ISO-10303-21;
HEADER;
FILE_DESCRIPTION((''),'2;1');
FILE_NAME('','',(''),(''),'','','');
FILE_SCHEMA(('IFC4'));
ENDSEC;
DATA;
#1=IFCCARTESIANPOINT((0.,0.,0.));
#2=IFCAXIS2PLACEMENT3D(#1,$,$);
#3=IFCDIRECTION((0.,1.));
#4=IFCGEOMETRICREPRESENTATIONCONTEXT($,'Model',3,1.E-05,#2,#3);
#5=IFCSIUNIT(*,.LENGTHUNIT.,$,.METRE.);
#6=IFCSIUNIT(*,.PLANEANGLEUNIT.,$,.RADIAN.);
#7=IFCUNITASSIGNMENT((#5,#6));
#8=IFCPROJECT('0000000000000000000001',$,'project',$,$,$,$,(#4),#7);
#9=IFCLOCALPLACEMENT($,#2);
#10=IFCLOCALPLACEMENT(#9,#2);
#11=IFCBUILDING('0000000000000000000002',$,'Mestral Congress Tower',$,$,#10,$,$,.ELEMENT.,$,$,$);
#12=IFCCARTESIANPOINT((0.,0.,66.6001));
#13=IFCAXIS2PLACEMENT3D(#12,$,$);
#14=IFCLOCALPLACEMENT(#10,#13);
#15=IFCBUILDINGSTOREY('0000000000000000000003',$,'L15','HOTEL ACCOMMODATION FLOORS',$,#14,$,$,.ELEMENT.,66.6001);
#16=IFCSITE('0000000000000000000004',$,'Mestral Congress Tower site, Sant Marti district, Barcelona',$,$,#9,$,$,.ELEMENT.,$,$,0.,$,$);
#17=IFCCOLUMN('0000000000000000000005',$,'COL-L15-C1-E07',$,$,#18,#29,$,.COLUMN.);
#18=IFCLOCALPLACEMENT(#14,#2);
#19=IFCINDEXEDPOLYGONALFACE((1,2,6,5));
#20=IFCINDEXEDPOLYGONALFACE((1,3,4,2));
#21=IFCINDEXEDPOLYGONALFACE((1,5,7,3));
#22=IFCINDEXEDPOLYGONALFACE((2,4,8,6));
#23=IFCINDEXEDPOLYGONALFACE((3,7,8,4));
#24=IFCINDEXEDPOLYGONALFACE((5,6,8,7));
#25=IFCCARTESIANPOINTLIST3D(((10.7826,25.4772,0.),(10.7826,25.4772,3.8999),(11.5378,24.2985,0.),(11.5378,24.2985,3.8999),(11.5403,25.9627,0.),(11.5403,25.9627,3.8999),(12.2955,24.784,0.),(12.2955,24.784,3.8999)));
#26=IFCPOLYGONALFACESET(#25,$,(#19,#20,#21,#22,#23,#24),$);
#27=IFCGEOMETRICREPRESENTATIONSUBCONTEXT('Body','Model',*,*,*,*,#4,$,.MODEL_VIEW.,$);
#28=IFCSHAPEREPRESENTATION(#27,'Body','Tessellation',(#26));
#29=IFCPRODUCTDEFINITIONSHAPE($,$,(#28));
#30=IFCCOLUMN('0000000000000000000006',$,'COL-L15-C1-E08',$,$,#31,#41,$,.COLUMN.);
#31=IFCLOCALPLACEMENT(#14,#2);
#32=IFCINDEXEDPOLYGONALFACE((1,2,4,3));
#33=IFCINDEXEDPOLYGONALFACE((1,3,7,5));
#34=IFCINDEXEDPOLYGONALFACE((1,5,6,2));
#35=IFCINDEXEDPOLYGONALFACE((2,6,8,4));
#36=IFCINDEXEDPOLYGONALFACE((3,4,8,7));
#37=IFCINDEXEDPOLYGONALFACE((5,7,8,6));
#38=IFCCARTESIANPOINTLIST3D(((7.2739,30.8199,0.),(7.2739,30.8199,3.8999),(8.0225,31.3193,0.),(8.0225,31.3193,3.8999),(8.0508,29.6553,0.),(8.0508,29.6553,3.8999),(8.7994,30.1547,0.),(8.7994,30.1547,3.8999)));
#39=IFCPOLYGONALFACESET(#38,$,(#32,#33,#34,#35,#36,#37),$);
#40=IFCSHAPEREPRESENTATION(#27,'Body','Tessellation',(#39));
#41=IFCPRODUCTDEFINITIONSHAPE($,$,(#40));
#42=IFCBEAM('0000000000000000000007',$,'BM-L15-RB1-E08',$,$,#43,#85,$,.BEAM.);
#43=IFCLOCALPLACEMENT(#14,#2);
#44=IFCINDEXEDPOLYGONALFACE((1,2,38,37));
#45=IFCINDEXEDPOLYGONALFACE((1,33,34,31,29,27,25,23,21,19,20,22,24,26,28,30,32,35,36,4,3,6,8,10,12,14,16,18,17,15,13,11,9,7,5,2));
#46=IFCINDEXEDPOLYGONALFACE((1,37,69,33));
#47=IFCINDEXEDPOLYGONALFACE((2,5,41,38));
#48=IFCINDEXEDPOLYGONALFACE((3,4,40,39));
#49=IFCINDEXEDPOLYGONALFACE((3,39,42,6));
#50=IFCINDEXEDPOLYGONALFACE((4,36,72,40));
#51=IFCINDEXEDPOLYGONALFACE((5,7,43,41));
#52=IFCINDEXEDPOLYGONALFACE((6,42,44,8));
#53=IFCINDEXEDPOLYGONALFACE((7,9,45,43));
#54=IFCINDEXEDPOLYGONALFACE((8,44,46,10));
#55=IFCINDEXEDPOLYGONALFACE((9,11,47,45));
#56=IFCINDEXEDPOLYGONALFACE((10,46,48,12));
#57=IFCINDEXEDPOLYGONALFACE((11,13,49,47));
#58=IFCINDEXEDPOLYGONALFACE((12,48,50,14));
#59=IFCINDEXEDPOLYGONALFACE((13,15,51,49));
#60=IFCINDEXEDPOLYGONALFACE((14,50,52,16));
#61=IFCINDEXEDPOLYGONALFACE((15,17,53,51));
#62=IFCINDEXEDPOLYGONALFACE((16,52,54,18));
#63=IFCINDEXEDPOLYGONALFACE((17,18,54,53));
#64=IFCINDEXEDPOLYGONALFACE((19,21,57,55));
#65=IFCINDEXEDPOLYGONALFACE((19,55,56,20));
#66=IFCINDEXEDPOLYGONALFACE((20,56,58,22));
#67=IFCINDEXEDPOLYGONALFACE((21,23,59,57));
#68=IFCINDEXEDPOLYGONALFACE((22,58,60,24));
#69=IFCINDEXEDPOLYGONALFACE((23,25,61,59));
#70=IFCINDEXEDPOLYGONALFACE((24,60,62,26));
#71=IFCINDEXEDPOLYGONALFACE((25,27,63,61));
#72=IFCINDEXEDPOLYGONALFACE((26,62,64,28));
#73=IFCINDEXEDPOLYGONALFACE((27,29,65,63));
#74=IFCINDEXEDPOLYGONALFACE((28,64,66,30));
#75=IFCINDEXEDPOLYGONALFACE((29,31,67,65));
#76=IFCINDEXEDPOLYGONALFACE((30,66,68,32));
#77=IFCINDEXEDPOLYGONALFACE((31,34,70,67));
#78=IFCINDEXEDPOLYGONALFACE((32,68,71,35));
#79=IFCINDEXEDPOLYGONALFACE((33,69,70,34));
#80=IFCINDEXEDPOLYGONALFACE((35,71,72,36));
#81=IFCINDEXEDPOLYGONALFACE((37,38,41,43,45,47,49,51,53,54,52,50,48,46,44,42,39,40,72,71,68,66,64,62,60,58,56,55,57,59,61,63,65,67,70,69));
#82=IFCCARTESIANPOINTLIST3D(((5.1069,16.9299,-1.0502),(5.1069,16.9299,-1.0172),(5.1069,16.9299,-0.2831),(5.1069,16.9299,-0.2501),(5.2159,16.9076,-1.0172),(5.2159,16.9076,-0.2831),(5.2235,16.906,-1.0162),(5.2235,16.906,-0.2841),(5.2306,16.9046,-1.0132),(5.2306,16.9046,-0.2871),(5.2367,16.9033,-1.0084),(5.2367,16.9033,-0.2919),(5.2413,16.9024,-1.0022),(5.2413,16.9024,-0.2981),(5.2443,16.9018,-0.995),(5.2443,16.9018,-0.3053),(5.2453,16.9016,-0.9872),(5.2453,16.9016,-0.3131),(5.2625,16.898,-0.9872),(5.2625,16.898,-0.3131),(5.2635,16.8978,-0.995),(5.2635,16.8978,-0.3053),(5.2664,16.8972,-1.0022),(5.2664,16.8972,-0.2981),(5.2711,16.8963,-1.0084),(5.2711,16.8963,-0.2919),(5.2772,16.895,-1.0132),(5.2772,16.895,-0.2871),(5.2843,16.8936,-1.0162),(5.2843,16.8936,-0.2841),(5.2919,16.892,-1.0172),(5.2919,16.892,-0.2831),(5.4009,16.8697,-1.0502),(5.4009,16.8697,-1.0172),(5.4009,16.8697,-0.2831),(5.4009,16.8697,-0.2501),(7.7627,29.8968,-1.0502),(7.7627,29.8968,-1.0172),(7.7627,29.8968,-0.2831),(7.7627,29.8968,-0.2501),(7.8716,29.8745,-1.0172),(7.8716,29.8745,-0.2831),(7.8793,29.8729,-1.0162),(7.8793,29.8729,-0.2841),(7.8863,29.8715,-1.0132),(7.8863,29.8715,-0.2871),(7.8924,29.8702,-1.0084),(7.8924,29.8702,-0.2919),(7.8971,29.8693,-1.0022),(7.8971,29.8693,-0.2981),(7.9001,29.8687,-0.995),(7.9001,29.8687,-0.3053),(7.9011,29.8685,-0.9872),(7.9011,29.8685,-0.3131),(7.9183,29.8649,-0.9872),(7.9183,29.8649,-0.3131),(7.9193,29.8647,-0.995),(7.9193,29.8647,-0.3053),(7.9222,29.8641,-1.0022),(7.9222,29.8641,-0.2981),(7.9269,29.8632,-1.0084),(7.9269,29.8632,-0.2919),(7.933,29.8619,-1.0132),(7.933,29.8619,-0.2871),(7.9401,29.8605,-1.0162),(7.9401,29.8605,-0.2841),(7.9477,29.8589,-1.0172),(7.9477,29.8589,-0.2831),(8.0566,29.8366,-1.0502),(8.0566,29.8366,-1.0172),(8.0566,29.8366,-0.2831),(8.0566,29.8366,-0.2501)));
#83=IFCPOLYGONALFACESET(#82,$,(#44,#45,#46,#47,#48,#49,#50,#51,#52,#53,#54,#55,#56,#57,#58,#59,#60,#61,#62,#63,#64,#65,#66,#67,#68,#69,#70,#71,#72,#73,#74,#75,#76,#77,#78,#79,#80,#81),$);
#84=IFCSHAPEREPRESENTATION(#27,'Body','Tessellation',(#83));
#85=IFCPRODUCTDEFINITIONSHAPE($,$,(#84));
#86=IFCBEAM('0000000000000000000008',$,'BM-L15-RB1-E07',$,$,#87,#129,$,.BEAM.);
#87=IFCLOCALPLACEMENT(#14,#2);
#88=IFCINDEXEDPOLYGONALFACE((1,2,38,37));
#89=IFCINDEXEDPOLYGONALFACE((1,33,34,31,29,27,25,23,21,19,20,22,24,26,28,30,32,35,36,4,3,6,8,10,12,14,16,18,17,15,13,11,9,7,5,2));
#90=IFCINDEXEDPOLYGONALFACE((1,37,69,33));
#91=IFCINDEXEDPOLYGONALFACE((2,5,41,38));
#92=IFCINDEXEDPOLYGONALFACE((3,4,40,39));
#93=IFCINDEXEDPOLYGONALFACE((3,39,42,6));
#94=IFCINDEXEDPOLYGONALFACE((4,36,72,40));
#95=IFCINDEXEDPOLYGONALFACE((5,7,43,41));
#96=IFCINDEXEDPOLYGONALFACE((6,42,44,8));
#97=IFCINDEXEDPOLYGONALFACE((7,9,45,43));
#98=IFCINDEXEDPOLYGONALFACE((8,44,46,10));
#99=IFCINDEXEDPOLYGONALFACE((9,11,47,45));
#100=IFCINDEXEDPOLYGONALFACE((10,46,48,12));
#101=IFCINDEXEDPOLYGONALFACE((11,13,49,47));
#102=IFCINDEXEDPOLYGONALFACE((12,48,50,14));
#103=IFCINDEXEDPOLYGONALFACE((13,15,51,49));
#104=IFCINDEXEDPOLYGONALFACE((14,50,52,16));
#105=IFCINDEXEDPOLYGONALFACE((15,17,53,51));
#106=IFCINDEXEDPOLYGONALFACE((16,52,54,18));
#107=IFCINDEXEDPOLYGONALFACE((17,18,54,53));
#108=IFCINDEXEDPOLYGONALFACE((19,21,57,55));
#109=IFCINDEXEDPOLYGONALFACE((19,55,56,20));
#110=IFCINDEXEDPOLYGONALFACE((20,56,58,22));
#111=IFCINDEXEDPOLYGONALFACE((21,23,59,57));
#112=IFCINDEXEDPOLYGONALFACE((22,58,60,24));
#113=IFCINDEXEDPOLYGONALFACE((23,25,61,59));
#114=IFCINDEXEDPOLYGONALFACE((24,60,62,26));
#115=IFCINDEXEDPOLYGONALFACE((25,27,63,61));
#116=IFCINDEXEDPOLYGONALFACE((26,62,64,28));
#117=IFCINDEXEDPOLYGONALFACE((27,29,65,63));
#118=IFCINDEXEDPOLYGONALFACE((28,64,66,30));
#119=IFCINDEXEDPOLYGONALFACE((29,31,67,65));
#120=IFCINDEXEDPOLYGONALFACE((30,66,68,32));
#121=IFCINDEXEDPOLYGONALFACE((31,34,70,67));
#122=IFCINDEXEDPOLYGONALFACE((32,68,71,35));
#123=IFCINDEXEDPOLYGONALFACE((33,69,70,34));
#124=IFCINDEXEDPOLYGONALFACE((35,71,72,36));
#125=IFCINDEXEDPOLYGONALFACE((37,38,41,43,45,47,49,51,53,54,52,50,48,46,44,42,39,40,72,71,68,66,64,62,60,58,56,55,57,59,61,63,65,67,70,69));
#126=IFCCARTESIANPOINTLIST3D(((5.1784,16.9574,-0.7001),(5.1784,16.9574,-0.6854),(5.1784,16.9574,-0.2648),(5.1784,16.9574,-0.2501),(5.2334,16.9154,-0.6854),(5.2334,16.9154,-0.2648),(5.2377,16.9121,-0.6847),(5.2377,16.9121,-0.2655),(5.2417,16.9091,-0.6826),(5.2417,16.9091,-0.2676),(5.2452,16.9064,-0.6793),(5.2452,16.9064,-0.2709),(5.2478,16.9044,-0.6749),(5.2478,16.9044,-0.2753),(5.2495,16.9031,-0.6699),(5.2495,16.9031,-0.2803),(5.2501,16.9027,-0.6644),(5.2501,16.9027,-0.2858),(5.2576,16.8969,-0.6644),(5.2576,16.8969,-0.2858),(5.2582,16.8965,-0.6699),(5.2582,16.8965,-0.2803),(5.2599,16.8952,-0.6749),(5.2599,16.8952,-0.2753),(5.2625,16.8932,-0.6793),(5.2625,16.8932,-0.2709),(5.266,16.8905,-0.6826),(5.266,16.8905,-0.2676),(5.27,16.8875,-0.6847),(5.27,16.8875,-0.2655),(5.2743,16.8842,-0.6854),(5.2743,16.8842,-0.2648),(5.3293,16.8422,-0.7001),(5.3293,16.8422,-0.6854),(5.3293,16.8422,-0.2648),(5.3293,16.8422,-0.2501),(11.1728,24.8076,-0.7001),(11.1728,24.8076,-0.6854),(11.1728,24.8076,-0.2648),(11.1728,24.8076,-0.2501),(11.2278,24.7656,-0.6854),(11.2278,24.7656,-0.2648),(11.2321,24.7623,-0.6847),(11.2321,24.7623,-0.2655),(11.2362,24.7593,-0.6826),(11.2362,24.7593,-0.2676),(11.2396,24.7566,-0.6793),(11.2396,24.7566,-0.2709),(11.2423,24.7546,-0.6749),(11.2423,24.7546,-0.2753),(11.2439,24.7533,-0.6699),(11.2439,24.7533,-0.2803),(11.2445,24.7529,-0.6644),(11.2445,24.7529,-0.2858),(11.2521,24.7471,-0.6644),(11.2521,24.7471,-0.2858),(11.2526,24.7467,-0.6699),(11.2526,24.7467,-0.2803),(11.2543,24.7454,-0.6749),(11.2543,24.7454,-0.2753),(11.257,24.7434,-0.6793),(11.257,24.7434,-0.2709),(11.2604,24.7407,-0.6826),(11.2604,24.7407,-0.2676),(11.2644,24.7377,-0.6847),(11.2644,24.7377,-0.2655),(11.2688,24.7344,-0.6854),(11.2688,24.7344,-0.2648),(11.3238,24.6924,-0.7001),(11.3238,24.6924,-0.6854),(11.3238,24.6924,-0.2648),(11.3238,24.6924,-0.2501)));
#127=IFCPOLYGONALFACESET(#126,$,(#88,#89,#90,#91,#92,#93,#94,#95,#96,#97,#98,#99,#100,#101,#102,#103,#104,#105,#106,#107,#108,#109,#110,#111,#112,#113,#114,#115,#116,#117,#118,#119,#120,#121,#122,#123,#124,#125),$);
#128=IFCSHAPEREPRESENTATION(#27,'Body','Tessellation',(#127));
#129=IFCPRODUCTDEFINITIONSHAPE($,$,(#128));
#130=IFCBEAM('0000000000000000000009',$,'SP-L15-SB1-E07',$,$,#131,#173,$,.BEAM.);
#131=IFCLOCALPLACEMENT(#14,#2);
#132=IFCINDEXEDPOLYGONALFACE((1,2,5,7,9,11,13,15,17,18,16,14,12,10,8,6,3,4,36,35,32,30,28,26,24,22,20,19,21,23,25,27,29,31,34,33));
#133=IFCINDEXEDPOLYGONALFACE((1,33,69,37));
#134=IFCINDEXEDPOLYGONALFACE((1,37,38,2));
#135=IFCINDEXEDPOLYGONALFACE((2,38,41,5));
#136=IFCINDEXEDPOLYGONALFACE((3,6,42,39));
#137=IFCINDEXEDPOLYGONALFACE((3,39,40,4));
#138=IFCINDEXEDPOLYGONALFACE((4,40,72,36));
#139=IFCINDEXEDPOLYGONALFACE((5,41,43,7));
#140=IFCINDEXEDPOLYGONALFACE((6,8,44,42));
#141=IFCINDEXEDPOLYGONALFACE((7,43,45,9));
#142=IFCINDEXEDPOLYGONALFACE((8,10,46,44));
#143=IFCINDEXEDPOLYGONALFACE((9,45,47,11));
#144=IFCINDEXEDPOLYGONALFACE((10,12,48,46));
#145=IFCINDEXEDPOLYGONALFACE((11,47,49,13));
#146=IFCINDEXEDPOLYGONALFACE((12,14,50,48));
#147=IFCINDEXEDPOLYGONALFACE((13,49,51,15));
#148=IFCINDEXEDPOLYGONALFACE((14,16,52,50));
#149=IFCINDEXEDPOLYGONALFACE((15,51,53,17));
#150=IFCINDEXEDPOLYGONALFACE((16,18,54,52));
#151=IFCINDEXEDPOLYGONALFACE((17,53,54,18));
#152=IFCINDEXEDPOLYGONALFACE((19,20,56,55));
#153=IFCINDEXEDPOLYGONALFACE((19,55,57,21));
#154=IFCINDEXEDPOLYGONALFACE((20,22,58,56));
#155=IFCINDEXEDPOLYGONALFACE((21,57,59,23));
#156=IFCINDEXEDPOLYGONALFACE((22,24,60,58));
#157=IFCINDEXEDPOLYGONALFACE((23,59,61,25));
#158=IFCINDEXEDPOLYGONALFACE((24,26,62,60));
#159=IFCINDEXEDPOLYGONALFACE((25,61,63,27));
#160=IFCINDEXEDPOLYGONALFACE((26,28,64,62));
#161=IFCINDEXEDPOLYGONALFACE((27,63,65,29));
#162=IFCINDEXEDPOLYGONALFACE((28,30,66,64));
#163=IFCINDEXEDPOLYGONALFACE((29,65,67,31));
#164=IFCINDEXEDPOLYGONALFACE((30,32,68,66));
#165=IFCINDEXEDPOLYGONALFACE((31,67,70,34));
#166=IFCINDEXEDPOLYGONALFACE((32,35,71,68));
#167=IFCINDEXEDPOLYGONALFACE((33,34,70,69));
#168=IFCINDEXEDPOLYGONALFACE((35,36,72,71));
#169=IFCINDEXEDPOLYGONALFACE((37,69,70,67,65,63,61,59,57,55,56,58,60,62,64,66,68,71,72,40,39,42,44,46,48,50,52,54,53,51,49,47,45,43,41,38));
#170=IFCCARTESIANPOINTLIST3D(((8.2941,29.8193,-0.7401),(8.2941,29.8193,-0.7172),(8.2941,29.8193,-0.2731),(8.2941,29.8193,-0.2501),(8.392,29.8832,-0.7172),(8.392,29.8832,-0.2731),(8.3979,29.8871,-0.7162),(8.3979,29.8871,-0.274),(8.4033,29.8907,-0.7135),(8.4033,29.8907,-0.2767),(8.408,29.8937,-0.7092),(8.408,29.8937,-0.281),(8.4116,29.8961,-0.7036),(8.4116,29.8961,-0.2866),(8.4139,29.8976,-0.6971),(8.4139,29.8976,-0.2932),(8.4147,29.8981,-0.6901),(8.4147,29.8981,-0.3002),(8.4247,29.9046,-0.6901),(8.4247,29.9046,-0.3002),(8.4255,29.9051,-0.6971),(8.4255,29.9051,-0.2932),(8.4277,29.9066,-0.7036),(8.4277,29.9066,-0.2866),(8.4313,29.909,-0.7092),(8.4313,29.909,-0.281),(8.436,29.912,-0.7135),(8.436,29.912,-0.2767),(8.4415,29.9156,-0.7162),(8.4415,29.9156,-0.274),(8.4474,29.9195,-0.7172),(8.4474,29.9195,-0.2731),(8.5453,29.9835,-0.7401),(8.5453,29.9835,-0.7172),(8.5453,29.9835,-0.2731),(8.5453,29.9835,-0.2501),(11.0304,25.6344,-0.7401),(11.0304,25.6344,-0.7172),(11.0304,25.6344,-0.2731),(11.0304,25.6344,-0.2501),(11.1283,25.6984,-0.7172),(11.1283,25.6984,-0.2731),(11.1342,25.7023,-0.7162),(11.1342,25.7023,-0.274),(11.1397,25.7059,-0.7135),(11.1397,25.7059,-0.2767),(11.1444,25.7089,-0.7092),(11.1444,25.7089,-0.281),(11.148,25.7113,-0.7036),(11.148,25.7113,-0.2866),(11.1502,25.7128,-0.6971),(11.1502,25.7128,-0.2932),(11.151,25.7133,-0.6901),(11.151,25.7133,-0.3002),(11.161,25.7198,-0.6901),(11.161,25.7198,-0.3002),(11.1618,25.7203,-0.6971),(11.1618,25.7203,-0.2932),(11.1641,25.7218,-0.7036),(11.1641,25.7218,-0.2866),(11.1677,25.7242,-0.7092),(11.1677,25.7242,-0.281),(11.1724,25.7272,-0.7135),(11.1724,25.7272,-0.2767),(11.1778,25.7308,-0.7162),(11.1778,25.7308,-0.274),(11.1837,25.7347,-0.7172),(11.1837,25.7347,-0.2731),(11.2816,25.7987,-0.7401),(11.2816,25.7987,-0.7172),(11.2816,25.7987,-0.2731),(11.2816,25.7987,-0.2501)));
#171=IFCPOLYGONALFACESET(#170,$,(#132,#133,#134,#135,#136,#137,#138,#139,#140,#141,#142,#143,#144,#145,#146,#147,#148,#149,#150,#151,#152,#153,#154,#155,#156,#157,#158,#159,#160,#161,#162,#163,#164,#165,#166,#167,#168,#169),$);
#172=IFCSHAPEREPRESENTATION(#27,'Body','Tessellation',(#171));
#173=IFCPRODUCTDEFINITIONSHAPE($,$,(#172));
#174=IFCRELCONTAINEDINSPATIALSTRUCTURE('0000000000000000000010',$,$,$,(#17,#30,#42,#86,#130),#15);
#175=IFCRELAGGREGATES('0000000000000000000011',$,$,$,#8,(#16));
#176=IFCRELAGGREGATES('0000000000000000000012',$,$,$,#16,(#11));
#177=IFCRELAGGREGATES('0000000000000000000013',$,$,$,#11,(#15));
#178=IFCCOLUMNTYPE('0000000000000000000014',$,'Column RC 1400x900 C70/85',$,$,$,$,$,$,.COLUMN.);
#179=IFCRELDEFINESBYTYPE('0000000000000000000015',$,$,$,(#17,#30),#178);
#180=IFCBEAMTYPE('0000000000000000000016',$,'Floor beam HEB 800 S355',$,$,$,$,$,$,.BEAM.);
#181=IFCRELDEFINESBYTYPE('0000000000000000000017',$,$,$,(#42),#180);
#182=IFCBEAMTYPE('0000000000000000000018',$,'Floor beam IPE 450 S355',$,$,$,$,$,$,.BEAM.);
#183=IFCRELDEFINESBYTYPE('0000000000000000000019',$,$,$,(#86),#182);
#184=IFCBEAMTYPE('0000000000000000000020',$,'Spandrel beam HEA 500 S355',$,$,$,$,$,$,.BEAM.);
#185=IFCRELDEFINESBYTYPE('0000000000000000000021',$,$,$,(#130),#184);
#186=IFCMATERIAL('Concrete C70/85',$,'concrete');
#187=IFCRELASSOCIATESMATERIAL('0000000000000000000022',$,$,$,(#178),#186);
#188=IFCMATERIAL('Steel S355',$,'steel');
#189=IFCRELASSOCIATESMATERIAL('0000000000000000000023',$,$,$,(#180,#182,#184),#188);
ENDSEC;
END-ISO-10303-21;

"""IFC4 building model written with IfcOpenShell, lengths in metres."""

from ifc_helpers import new_model, si_unit, direction, frame, origin, origin_2d, place, context, subcontext, project, spatial, rectangle, i_section, extrude, material, material_profile, profile_set, type_object, element, save


model = new_model("IFC4")

# Units and contexts
model_context = context("Model", 3, precision=1e-05, world=origin(), true_north=direction((0.0, 1.0)))
body_context = subcontext(model_context, "Body", "Model", "MODEL_VIEW")
ifc_project = project(units=[si_unit("LENGTHUNIT", "METRE"), si_unit("PLANEANGLEUNIT", "RADIAN")], contexts=[model_context])

# Site, building, storey
site_placement = place(None, origin())
site = spatial("IfcSite", under=ifc_project, at=site_placement, Name="Mestral Congress Tower site, Sant Marti district, Barcelona", CompositionType="ELEMENT", RefElevation=0.0)
building_placement = place(site_placement, origin())
building = spatial("IfcBuilding", under=site, at=building_placement, Name="Mestral Congress Tower", CompositionType="ELEMENT")
storey_placement = place(building_placement, frame((0.0, 0.0, 66.6001)))
storey = spatial("IfcBuildingStorey", under=building, at=storey_placement, Name="L15", Description="HOTEL ACCOMMODATION FLOORS", CompositionType="ELEMENT", Elevation=66.6001)

# Columns
ifc_material_1 = material(Name="Concrete C70/85", Category="concrete")
ifc_material_profile_1 = material_profile(ifc_material_1, rectangle(XDim=1.3999, YDim=0.8999, at=origin_2d()), Name="RC 1400x900")
ifc_profile_set_1 = profile_set([ifc_material_profile_1], Name="Concrete C70/85")
column_type = type_object("IfcColumnType", Name="Column RC 1400x900 C70/85", PredefinedType="COLUMN", material=ifc_profile_set_1)
for number, where, z_axis, x_axis, name in (
    (1, (11.5391, 25.1306, 0.0), (0.0, 0.0, 1.0), (-0.539476, 0.842001, 0.0), "COL-L15-C1-E07"),
    (2, (8.0366, 30.4873, 0.0), (0.0, 0.0, 1.0), (-0.554949, 0.831884, 0.0), "COL-L15-C1-E08"),
):
    element("IfcColumn", number, at=place(storey_placement, frame(where, z_axis=z_axis, x_axis=x_axis)), inside=storey, type_object=column_type, Name=name, PredefinedType="COLUMN", context=body_context, shape_type="SweptSolid", body=[
        extrude(rectangle(XDim=1.3999, YDim=0.8999, at=origin_2d()), origin(), (0.0, 0.0, 1.0), 3.8999),
    ])

# Beams
ifc_material_2 = material(Name="Steel S355", Category="steel")
ifc_material_profile_2 = material_profile(ifc_material_2, i_section(OverallWidth=0.3, OverallDepth=0.8, WebThickness=0.0176, FlangeThickness=0.033, FilletRadius=0.03, at=origin_2d()), Name="HEB 800")
ifc_profile_set_2 = profile_set([ifc_material_profile_2], Name="Steel S355")
beam_type_1 = type_object("IfcBeamType", Name="Floor beam HEB 800 S355", PredefinedType="BEAM", material=ifc_profile_set_2)
beam_1_placement = place(storey_placement, frame((7.9097, 29.8667, -0.6501), z_axis=(-0.200647, -0.979664, 0.0), x_axis=(0.979664, -0.200647, 0.0)))
element("IfcBeam", 3, at=beam_1_placement, inside=storey, type_object=beam_type_1, Name="BM-L15-RB1-E08", PredefinedType="BEAM", context=body_context, shape_type="SweptSolid", body=[
    extrude(i_section(OverallWidth=0.3, OverallDepth=0.8, WebThickness=0.0176, FlangeThickness=0.033, FilletRadius=0.03, at=origin_2d()), origin(), (0.0, 0.0, 1.0), 13.2361),
])
ifc_material_profile_3 = material_profile(ifc_material_2, i_section(OverallWidth=0.1899, OverallDepth=0.45, WebThickness=0.0095, FlangeThickness=0.0146, FilletRadius=0.021, at=origin_2d()), Name="IPE 450")
ifc_profile_set_3 = profile_set([ifc_material_profile_3], Name="Steel S355")
beam_type_2 = type_object("IfcBeamType", Name="Floor beam IPE 450 S355", PredefinedType="BEAM", material=ifc_profile_set_3)
beam_2_placement = place(storey_placement, frame((11.2483, 24.75, -0.4751), z_axis=(-0.606899, -0.794779, 0.0), x_axis=(0.794779, -0.606899, 0.0)))
element("IfcBeam", 4, at=beam_2_placement, inside=storey, type_object=beam_type_2, Name="BM-L15-RB1-E07", PredefinedType="BEAM", context=body_context, shape_type="SweptSolid", body=[
    extrude(i_section(OverallWidth=0.1899, OverallDepth=0.45, WebThickness=0.0095, FlangeThickness=0.0146, FilletRadius=0.021, at=origin_2d()), origin(), (0.0, 0.0, 1.0), 9.8772),
])
ifc_material_profile_4 = material_profile(ifc_material_2, i_section(OverallWidth=0.3, OverallDepth=0.49, WebThickness=0.012, FlangeThickness=0.0229, FilletRadius=0.0271, at=origin_2d()), Name="HEA 500")
ifc_profile_set_4 = profile_set([ifc_material_profile_4], Name="Steel S355")
beam_type_3 = type_object("IfcBeamType", Name="Spandrel beam HEA 500 S355", PredefinedType="BEAM", material=ifc_profile_set_4)
beam_3_placement = place(storey_placement, frame((11.156, 25.7166, -0.4951), z_axis=(-0.547264, 0.83696, 0.0), x_axis=(-0.83696, -0.547264, 0.0)))
element("IfcBeam", 5, at=beam_3_placement, inside=storey, type_object=beam_type_3, Name="SP-L15-SB1-E07", PredefinedType="BEAM", context=body_context, shape_type="SweptSolid", body=[
    extrude(i_section(OverallWidth=0.3, OverallDepth=0.49, WebThickness=0.012, FlangeThickness=0.0229, FilletRadius=0.0271, at=origin_2d()), origin(), (0.0, 0.0, 1.0), 5.0),
])

save(model, "model.ifc")
